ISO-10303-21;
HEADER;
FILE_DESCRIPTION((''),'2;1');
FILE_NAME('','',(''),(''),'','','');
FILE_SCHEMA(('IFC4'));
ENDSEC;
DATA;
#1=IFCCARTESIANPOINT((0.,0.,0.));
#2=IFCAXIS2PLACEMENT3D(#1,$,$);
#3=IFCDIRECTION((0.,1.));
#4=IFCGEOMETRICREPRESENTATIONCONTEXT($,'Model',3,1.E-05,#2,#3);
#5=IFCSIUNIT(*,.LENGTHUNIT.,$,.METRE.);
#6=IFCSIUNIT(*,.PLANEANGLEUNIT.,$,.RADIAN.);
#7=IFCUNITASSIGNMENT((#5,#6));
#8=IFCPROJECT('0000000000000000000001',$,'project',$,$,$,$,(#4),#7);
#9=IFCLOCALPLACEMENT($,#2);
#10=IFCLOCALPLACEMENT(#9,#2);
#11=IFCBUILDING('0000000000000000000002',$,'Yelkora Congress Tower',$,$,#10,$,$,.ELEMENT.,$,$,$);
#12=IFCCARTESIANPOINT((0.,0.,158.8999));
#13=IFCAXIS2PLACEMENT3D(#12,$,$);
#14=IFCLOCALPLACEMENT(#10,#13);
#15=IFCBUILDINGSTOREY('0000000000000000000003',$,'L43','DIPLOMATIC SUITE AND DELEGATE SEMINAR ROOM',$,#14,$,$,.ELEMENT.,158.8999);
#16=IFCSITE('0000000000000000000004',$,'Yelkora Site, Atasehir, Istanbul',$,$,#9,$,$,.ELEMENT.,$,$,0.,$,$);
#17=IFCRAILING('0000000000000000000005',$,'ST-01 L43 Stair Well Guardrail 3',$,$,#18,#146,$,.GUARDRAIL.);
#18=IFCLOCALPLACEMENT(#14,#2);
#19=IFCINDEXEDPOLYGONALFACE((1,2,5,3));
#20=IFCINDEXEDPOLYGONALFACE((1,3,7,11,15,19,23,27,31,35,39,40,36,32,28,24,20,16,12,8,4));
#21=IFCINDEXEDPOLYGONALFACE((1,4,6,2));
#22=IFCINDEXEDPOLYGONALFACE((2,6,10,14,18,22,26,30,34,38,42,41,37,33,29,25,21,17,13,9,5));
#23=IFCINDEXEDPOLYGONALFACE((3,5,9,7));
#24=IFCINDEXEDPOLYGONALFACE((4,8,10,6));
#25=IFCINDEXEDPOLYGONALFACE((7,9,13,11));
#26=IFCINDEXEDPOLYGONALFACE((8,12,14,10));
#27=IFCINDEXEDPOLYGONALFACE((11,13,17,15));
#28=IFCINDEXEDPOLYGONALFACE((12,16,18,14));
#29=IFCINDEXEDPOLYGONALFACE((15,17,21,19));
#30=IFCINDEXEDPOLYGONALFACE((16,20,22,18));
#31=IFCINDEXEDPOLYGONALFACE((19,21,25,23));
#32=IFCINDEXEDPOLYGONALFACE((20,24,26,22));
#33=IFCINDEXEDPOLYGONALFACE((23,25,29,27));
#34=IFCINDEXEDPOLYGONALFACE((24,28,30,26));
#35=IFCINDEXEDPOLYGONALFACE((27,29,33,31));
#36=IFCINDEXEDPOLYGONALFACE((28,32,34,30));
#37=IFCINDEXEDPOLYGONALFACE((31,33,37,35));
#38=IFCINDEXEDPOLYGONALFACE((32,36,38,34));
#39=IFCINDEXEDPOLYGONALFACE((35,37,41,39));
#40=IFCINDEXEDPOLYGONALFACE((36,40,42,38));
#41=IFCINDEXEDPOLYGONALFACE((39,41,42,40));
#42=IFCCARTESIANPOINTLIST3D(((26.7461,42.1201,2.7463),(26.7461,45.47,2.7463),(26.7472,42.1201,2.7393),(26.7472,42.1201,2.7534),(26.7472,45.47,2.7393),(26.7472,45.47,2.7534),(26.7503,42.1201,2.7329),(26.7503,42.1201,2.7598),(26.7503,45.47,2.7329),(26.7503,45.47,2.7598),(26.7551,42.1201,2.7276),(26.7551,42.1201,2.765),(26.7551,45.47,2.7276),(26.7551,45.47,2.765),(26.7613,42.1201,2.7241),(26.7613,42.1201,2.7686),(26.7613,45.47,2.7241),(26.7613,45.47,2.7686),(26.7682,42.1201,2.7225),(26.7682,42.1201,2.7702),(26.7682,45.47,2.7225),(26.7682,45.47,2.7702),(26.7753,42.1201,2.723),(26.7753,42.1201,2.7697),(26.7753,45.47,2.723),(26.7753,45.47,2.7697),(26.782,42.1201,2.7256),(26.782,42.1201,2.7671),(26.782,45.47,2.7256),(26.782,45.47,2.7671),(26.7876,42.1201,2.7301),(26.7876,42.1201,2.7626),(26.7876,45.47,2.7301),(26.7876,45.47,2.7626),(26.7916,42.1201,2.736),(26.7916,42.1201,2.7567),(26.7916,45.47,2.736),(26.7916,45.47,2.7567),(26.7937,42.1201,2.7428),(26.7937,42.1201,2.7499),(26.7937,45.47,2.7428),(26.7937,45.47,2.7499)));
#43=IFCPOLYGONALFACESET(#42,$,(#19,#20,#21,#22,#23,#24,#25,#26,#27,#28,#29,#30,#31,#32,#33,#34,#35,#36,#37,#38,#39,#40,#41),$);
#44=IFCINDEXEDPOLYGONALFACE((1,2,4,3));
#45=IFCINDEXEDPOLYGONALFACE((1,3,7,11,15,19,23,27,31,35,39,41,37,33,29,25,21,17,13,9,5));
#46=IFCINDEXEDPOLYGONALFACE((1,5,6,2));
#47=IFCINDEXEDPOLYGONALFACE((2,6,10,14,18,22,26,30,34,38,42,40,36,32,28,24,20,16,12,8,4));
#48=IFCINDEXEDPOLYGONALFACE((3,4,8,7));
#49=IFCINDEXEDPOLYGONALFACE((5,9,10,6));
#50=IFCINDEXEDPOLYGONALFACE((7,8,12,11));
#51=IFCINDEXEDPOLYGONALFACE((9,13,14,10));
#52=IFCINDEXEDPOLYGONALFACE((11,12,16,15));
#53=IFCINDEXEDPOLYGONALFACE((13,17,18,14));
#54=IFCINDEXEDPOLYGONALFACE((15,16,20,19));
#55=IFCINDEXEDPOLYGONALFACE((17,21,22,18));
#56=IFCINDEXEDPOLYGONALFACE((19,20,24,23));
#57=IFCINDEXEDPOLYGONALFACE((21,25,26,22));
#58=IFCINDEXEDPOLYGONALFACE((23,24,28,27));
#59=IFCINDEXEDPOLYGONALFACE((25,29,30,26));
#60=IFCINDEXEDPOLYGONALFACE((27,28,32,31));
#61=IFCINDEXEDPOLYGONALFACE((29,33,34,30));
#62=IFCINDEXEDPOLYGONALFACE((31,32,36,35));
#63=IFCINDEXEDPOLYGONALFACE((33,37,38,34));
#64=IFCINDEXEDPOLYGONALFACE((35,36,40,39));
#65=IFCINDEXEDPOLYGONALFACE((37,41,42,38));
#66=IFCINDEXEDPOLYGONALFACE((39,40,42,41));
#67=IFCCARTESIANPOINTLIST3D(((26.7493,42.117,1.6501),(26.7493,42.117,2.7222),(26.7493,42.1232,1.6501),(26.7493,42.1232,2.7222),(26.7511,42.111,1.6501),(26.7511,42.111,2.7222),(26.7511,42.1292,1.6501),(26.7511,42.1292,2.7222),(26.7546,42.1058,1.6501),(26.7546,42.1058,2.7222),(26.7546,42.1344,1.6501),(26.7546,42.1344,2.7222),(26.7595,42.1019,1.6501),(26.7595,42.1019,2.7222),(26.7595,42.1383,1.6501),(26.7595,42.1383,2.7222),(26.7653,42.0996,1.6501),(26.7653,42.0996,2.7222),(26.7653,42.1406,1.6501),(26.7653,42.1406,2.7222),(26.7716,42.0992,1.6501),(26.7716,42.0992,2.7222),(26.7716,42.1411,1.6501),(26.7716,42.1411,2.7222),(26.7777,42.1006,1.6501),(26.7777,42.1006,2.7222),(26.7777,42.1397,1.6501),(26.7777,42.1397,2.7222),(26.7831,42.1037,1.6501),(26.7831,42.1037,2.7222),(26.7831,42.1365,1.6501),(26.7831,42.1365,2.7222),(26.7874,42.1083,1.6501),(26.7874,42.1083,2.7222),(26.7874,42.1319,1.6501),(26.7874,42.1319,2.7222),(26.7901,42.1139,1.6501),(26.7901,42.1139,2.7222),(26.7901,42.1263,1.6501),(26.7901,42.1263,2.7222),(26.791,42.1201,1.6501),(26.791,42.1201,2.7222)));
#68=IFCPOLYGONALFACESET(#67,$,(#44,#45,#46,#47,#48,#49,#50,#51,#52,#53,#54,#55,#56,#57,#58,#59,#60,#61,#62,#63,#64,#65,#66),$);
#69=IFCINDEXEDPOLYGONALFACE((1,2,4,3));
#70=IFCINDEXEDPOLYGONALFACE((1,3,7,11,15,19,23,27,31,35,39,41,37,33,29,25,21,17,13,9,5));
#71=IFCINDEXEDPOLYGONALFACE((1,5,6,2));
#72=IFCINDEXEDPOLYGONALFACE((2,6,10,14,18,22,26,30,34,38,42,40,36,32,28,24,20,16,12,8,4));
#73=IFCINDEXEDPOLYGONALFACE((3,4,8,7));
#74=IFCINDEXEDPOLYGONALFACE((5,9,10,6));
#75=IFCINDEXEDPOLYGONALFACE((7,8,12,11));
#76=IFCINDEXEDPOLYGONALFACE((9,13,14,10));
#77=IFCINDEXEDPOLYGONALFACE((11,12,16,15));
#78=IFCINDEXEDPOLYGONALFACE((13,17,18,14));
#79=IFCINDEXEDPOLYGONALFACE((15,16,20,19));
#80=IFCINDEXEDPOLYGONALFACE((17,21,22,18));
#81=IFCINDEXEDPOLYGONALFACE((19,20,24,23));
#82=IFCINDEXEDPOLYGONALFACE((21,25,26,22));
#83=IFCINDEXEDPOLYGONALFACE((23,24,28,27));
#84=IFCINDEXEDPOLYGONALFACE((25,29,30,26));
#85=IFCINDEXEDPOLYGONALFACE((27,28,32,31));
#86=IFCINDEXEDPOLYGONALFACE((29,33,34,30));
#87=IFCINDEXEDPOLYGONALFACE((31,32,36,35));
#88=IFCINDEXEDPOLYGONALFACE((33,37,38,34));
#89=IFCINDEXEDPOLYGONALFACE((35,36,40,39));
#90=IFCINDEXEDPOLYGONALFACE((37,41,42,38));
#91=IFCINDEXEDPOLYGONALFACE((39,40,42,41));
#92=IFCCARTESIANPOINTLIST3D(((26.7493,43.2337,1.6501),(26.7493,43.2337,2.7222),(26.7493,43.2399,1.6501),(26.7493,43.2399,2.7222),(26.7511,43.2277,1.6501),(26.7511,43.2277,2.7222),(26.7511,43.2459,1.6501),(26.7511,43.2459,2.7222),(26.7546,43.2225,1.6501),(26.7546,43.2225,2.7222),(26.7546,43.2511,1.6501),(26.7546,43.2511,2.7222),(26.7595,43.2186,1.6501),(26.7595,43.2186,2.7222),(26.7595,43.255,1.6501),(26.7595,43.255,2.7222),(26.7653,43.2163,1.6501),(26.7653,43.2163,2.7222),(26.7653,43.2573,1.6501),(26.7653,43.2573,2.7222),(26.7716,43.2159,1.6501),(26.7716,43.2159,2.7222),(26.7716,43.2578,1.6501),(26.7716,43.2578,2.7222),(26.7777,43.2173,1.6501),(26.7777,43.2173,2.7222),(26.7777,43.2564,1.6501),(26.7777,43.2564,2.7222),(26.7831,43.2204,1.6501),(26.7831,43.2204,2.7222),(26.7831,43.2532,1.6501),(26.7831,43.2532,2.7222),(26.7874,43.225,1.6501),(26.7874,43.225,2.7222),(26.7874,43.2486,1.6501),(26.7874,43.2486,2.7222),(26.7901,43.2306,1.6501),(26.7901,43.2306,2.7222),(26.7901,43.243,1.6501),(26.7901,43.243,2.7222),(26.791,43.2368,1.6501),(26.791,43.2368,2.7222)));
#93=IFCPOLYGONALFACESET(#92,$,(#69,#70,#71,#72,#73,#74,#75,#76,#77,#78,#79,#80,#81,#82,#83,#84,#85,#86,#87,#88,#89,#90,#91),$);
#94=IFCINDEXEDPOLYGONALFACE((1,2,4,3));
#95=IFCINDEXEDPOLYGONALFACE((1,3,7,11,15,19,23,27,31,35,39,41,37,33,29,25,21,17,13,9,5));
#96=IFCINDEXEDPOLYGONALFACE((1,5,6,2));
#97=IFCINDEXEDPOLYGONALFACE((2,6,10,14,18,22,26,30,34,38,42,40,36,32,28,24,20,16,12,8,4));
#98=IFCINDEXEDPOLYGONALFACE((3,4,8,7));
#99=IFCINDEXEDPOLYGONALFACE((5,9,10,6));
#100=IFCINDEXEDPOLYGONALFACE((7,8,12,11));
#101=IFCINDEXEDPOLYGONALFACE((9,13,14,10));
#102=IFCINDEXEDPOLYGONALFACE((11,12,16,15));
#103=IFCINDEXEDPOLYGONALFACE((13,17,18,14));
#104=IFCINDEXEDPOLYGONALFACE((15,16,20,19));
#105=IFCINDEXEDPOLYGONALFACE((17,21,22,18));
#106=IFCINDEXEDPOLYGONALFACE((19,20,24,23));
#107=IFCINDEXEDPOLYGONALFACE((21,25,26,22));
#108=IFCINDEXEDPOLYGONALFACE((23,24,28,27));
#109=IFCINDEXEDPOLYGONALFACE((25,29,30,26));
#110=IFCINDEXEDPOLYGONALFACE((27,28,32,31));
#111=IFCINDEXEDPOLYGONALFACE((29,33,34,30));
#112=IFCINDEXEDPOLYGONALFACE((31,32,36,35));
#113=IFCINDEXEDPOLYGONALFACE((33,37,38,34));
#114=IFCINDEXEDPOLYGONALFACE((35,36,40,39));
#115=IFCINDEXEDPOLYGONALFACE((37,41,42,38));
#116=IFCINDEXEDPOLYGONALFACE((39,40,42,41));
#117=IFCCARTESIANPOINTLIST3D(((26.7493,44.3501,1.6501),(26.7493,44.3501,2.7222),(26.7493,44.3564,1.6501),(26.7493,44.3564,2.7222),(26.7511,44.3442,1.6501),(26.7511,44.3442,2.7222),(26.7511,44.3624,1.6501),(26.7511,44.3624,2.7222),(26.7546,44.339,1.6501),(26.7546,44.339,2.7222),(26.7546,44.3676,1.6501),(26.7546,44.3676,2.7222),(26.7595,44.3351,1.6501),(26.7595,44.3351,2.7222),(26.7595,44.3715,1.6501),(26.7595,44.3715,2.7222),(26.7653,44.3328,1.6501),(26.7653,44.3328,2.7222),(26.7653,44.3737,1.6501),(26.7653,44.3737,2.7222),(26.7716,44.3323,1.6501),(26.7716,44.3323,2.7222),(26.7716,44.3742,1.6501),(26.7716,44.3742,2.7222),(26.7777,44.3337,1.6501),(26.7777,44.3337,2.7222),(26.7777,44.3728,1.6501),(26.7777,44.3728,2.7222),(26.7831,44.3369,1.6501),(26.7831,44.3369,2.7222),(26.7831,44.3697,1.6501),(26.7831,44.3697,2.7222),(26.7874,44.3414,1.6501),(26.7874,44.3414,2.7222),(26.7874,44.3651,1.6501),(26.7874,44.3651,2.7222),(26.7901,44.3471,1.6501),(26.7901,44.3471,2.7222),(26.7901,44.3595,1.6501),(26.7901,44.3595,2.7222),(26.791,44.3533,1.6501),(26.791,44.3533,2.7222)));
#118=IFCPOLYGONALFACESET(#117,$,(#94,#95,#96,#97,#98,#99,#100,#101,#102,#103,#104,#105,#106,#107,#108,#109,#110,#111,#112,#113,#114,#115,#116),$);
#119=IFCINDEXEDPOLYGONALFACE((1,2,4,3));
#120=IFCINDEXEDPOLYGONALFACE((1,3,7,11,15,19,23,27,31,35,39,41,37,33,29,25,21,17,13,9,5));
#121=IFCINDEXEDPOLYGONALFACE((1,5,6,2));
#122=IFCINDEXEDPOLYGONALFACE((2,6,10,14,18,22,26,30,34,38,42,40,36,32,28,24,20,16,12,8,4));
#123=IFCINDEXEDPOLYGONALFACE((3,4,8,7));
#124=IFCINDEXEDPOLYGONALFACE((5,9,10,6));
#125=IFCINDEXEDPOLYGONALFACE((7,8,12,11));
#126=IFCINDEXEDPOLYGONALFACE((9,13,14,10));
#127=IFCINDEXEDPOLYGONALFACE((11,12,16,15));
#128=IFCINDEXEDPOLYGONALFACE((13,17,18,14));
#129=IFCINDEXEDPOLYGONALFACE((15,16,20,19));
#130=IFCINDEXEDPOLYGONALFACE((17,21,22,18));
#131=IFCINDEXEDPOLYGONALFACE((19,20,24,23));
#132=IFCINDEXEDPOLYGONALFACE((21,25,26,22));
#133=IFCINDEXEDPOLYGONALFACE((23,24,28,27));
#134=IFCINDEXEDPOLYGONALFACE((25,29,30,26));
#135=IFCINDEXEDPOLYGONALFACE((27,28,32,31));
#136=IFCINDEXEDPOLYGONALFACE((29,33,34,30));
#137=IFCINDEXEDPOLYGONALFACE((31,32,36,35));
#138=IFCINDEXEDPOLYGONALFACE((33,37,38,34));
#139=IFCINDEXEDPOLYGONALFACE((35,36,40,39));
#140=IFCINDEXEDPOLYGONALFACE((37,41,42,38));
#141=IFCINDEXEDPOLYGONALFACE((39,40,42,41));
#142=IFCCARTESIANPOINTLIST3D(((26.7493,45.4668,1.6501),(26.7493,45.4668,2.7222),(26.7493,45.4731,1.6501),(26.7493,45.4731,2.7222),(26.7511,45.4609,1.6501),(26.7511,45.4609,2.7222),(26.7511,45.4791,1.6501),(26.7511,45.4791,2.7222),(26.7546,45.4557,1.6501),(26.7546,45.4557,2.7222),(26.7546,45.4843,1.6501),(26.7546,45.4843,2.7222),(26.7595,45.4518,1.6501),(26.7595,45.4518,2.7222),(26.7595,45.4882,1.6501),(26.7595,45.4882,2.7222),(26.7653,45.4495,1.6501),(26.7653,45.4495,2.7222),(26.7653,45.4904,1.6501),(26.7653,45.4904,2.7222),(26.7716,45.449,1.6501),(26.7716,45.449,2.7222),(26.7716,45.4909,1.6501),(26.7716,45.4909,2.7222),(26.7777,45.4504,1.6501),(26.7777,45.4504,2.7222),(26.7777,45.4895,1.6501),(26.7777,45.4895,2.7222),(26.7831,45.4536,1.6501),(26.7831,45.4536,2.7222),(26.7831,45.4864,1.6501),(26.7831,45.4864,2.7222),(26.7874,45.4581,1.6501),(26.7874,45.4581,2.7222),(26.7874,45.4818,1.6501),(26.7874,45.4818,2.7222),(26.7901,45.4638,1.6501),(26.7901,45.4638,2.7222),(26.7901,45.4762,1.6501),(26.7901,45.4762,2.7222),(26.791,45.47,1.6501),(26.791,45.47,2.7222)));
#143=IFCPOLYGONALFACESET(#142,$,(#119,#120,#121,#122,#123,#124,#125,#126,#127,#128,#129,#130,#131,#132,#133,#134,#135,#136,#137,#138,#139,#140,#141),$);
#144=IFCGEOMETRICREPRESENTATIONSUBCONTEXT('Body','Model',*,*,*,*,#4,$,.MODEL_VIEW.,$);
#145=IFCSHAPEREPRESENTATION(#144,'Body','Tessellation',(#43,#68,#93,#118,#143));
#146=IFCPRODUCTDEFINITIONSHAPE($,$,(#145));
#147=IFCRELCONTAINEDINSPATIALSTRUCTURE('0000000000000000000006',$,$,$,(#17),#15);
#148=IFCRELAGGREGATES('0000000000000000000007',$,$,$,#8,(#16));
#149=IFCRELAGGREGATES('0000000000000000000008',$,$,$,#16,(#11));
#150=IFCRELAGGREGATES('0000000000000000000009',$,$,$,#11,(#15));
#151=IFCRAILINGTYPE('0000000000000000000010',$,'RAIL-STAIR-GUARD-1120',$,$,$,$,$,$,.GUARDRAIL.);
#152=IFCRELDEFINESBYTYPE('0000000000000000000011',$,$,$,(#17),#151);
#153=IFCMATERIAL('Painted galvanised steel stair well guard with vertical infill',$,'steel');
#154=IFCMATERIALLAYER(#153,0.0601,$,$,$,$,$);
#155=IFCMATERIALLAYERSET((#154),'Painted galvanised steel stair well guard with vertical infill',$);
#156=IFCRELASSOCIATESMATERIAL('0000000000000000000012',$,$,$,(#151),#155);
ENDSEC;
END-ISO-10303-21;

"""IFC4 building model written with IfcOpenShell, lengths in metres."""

from ifc_helpers import new_model, si_unit, direction, frame, origin, origin_2d, place, context, subcontext, project, spatial, circle, extrude, material, layer, layer_set, type_object, element, save


model = new_model("IFC4")

# Units and contexts
model_context = context("Model", 3, precision=1e-05, world=origin(), true_north=direction((0.0, 1.0)))
body_context = subcontext(model_context, "Body", "Model", "MODEL_VIEW")
ifc_project = project(units=[si_unit("LENGTHUNIT", "METRE"), si_unit("PLANEANGLEUNIT", "RADIAN")], contexts=[model_context])

# Site, building, storey
site_placement = place(None, origin())
site = spatial("IfcSite", under=ifc_project, at=site_placement, Name="Yelkora Site, Atasehir, Istanbul", CompositionType="ELEMENT", RefElevation=0.0)
building_placement = place(site_placement, origin())
building = spatial("IfcBuilding", under=site, at=building_placement, Name="Yelkora Congress Tower", CompositionType="ELEMENT")
storey_placement = place(building_placement, frame((0.0, 0.0, 158.8999)))
storey = spatial("IfcBuildingStorey", under=building, at=storey_placement, Name="L43", Description="DIPLOMATIC SUITE AND DELEGATE SEMINAR ROOM", CompositionType="ELEMENT", Elevation=158.8999)

# Railing
ifc_material_1 = material(Name="Painted galvanised steel stair well guard with vertical infill", Category="steel")
ifc_layer_1 = layer(ifc_material_1, 0.0601)
ifc_layer_set_1 = layer_set([ifc_layer_1], Name="Painted galvanised steel stair well guard with vertical infill")
railing_type = type_object("IfcRailingType", Name="RAIL-STAIR-GUARD-1120", PredefinedType="GUARDRAIL", material=ifc_layer_set_1)
for number, where, name in (
    (1, (26.77, 42.1201, 1.6501), "ST-01 L43 Stair Well Guardrail 3"),
):
    element("IfcRailing", number, at=place(storey_placement, frame(where)), inside=storey, type_object=railing_type, Name=name, PredefinedType="GUARDRAIL", context=body_context, shape_type="SweptSolid", body=[
        extrude(circle(Radius=0.0239, at=origin_2d()), frame((0.0, 0.0, 1.0962), z_axis=(0.0, 1.0, 0.0), x_axis=(-1.0, 0.0, 0.0)), (0.0, 0.0, 1.0), 3.3499),
        extrude(circle(Radius=0.021, at=origin_2d()), origin(), (0.0, 0.0, 1.0), 1.072),
        extrude(circle(Radius=0.021, at=origin_2d()), frame((0.0, 1.1167, 0.0)), (0.0, 0.0, 1.0), 1.072),
        extrude(circle(Radius=0.021, at=origin_2d()), frame((0.0, 2.2332, 0.0)), (0.0, 0.0, 1.0), 1.072),
        extrude(circle(Radius=0.021, at=origin_2d()), frame((0.0, 3.3499, 0.0)), (0.0, 0.0, 1.0), 1.072),
    ])

save(model, "model.ifc")
